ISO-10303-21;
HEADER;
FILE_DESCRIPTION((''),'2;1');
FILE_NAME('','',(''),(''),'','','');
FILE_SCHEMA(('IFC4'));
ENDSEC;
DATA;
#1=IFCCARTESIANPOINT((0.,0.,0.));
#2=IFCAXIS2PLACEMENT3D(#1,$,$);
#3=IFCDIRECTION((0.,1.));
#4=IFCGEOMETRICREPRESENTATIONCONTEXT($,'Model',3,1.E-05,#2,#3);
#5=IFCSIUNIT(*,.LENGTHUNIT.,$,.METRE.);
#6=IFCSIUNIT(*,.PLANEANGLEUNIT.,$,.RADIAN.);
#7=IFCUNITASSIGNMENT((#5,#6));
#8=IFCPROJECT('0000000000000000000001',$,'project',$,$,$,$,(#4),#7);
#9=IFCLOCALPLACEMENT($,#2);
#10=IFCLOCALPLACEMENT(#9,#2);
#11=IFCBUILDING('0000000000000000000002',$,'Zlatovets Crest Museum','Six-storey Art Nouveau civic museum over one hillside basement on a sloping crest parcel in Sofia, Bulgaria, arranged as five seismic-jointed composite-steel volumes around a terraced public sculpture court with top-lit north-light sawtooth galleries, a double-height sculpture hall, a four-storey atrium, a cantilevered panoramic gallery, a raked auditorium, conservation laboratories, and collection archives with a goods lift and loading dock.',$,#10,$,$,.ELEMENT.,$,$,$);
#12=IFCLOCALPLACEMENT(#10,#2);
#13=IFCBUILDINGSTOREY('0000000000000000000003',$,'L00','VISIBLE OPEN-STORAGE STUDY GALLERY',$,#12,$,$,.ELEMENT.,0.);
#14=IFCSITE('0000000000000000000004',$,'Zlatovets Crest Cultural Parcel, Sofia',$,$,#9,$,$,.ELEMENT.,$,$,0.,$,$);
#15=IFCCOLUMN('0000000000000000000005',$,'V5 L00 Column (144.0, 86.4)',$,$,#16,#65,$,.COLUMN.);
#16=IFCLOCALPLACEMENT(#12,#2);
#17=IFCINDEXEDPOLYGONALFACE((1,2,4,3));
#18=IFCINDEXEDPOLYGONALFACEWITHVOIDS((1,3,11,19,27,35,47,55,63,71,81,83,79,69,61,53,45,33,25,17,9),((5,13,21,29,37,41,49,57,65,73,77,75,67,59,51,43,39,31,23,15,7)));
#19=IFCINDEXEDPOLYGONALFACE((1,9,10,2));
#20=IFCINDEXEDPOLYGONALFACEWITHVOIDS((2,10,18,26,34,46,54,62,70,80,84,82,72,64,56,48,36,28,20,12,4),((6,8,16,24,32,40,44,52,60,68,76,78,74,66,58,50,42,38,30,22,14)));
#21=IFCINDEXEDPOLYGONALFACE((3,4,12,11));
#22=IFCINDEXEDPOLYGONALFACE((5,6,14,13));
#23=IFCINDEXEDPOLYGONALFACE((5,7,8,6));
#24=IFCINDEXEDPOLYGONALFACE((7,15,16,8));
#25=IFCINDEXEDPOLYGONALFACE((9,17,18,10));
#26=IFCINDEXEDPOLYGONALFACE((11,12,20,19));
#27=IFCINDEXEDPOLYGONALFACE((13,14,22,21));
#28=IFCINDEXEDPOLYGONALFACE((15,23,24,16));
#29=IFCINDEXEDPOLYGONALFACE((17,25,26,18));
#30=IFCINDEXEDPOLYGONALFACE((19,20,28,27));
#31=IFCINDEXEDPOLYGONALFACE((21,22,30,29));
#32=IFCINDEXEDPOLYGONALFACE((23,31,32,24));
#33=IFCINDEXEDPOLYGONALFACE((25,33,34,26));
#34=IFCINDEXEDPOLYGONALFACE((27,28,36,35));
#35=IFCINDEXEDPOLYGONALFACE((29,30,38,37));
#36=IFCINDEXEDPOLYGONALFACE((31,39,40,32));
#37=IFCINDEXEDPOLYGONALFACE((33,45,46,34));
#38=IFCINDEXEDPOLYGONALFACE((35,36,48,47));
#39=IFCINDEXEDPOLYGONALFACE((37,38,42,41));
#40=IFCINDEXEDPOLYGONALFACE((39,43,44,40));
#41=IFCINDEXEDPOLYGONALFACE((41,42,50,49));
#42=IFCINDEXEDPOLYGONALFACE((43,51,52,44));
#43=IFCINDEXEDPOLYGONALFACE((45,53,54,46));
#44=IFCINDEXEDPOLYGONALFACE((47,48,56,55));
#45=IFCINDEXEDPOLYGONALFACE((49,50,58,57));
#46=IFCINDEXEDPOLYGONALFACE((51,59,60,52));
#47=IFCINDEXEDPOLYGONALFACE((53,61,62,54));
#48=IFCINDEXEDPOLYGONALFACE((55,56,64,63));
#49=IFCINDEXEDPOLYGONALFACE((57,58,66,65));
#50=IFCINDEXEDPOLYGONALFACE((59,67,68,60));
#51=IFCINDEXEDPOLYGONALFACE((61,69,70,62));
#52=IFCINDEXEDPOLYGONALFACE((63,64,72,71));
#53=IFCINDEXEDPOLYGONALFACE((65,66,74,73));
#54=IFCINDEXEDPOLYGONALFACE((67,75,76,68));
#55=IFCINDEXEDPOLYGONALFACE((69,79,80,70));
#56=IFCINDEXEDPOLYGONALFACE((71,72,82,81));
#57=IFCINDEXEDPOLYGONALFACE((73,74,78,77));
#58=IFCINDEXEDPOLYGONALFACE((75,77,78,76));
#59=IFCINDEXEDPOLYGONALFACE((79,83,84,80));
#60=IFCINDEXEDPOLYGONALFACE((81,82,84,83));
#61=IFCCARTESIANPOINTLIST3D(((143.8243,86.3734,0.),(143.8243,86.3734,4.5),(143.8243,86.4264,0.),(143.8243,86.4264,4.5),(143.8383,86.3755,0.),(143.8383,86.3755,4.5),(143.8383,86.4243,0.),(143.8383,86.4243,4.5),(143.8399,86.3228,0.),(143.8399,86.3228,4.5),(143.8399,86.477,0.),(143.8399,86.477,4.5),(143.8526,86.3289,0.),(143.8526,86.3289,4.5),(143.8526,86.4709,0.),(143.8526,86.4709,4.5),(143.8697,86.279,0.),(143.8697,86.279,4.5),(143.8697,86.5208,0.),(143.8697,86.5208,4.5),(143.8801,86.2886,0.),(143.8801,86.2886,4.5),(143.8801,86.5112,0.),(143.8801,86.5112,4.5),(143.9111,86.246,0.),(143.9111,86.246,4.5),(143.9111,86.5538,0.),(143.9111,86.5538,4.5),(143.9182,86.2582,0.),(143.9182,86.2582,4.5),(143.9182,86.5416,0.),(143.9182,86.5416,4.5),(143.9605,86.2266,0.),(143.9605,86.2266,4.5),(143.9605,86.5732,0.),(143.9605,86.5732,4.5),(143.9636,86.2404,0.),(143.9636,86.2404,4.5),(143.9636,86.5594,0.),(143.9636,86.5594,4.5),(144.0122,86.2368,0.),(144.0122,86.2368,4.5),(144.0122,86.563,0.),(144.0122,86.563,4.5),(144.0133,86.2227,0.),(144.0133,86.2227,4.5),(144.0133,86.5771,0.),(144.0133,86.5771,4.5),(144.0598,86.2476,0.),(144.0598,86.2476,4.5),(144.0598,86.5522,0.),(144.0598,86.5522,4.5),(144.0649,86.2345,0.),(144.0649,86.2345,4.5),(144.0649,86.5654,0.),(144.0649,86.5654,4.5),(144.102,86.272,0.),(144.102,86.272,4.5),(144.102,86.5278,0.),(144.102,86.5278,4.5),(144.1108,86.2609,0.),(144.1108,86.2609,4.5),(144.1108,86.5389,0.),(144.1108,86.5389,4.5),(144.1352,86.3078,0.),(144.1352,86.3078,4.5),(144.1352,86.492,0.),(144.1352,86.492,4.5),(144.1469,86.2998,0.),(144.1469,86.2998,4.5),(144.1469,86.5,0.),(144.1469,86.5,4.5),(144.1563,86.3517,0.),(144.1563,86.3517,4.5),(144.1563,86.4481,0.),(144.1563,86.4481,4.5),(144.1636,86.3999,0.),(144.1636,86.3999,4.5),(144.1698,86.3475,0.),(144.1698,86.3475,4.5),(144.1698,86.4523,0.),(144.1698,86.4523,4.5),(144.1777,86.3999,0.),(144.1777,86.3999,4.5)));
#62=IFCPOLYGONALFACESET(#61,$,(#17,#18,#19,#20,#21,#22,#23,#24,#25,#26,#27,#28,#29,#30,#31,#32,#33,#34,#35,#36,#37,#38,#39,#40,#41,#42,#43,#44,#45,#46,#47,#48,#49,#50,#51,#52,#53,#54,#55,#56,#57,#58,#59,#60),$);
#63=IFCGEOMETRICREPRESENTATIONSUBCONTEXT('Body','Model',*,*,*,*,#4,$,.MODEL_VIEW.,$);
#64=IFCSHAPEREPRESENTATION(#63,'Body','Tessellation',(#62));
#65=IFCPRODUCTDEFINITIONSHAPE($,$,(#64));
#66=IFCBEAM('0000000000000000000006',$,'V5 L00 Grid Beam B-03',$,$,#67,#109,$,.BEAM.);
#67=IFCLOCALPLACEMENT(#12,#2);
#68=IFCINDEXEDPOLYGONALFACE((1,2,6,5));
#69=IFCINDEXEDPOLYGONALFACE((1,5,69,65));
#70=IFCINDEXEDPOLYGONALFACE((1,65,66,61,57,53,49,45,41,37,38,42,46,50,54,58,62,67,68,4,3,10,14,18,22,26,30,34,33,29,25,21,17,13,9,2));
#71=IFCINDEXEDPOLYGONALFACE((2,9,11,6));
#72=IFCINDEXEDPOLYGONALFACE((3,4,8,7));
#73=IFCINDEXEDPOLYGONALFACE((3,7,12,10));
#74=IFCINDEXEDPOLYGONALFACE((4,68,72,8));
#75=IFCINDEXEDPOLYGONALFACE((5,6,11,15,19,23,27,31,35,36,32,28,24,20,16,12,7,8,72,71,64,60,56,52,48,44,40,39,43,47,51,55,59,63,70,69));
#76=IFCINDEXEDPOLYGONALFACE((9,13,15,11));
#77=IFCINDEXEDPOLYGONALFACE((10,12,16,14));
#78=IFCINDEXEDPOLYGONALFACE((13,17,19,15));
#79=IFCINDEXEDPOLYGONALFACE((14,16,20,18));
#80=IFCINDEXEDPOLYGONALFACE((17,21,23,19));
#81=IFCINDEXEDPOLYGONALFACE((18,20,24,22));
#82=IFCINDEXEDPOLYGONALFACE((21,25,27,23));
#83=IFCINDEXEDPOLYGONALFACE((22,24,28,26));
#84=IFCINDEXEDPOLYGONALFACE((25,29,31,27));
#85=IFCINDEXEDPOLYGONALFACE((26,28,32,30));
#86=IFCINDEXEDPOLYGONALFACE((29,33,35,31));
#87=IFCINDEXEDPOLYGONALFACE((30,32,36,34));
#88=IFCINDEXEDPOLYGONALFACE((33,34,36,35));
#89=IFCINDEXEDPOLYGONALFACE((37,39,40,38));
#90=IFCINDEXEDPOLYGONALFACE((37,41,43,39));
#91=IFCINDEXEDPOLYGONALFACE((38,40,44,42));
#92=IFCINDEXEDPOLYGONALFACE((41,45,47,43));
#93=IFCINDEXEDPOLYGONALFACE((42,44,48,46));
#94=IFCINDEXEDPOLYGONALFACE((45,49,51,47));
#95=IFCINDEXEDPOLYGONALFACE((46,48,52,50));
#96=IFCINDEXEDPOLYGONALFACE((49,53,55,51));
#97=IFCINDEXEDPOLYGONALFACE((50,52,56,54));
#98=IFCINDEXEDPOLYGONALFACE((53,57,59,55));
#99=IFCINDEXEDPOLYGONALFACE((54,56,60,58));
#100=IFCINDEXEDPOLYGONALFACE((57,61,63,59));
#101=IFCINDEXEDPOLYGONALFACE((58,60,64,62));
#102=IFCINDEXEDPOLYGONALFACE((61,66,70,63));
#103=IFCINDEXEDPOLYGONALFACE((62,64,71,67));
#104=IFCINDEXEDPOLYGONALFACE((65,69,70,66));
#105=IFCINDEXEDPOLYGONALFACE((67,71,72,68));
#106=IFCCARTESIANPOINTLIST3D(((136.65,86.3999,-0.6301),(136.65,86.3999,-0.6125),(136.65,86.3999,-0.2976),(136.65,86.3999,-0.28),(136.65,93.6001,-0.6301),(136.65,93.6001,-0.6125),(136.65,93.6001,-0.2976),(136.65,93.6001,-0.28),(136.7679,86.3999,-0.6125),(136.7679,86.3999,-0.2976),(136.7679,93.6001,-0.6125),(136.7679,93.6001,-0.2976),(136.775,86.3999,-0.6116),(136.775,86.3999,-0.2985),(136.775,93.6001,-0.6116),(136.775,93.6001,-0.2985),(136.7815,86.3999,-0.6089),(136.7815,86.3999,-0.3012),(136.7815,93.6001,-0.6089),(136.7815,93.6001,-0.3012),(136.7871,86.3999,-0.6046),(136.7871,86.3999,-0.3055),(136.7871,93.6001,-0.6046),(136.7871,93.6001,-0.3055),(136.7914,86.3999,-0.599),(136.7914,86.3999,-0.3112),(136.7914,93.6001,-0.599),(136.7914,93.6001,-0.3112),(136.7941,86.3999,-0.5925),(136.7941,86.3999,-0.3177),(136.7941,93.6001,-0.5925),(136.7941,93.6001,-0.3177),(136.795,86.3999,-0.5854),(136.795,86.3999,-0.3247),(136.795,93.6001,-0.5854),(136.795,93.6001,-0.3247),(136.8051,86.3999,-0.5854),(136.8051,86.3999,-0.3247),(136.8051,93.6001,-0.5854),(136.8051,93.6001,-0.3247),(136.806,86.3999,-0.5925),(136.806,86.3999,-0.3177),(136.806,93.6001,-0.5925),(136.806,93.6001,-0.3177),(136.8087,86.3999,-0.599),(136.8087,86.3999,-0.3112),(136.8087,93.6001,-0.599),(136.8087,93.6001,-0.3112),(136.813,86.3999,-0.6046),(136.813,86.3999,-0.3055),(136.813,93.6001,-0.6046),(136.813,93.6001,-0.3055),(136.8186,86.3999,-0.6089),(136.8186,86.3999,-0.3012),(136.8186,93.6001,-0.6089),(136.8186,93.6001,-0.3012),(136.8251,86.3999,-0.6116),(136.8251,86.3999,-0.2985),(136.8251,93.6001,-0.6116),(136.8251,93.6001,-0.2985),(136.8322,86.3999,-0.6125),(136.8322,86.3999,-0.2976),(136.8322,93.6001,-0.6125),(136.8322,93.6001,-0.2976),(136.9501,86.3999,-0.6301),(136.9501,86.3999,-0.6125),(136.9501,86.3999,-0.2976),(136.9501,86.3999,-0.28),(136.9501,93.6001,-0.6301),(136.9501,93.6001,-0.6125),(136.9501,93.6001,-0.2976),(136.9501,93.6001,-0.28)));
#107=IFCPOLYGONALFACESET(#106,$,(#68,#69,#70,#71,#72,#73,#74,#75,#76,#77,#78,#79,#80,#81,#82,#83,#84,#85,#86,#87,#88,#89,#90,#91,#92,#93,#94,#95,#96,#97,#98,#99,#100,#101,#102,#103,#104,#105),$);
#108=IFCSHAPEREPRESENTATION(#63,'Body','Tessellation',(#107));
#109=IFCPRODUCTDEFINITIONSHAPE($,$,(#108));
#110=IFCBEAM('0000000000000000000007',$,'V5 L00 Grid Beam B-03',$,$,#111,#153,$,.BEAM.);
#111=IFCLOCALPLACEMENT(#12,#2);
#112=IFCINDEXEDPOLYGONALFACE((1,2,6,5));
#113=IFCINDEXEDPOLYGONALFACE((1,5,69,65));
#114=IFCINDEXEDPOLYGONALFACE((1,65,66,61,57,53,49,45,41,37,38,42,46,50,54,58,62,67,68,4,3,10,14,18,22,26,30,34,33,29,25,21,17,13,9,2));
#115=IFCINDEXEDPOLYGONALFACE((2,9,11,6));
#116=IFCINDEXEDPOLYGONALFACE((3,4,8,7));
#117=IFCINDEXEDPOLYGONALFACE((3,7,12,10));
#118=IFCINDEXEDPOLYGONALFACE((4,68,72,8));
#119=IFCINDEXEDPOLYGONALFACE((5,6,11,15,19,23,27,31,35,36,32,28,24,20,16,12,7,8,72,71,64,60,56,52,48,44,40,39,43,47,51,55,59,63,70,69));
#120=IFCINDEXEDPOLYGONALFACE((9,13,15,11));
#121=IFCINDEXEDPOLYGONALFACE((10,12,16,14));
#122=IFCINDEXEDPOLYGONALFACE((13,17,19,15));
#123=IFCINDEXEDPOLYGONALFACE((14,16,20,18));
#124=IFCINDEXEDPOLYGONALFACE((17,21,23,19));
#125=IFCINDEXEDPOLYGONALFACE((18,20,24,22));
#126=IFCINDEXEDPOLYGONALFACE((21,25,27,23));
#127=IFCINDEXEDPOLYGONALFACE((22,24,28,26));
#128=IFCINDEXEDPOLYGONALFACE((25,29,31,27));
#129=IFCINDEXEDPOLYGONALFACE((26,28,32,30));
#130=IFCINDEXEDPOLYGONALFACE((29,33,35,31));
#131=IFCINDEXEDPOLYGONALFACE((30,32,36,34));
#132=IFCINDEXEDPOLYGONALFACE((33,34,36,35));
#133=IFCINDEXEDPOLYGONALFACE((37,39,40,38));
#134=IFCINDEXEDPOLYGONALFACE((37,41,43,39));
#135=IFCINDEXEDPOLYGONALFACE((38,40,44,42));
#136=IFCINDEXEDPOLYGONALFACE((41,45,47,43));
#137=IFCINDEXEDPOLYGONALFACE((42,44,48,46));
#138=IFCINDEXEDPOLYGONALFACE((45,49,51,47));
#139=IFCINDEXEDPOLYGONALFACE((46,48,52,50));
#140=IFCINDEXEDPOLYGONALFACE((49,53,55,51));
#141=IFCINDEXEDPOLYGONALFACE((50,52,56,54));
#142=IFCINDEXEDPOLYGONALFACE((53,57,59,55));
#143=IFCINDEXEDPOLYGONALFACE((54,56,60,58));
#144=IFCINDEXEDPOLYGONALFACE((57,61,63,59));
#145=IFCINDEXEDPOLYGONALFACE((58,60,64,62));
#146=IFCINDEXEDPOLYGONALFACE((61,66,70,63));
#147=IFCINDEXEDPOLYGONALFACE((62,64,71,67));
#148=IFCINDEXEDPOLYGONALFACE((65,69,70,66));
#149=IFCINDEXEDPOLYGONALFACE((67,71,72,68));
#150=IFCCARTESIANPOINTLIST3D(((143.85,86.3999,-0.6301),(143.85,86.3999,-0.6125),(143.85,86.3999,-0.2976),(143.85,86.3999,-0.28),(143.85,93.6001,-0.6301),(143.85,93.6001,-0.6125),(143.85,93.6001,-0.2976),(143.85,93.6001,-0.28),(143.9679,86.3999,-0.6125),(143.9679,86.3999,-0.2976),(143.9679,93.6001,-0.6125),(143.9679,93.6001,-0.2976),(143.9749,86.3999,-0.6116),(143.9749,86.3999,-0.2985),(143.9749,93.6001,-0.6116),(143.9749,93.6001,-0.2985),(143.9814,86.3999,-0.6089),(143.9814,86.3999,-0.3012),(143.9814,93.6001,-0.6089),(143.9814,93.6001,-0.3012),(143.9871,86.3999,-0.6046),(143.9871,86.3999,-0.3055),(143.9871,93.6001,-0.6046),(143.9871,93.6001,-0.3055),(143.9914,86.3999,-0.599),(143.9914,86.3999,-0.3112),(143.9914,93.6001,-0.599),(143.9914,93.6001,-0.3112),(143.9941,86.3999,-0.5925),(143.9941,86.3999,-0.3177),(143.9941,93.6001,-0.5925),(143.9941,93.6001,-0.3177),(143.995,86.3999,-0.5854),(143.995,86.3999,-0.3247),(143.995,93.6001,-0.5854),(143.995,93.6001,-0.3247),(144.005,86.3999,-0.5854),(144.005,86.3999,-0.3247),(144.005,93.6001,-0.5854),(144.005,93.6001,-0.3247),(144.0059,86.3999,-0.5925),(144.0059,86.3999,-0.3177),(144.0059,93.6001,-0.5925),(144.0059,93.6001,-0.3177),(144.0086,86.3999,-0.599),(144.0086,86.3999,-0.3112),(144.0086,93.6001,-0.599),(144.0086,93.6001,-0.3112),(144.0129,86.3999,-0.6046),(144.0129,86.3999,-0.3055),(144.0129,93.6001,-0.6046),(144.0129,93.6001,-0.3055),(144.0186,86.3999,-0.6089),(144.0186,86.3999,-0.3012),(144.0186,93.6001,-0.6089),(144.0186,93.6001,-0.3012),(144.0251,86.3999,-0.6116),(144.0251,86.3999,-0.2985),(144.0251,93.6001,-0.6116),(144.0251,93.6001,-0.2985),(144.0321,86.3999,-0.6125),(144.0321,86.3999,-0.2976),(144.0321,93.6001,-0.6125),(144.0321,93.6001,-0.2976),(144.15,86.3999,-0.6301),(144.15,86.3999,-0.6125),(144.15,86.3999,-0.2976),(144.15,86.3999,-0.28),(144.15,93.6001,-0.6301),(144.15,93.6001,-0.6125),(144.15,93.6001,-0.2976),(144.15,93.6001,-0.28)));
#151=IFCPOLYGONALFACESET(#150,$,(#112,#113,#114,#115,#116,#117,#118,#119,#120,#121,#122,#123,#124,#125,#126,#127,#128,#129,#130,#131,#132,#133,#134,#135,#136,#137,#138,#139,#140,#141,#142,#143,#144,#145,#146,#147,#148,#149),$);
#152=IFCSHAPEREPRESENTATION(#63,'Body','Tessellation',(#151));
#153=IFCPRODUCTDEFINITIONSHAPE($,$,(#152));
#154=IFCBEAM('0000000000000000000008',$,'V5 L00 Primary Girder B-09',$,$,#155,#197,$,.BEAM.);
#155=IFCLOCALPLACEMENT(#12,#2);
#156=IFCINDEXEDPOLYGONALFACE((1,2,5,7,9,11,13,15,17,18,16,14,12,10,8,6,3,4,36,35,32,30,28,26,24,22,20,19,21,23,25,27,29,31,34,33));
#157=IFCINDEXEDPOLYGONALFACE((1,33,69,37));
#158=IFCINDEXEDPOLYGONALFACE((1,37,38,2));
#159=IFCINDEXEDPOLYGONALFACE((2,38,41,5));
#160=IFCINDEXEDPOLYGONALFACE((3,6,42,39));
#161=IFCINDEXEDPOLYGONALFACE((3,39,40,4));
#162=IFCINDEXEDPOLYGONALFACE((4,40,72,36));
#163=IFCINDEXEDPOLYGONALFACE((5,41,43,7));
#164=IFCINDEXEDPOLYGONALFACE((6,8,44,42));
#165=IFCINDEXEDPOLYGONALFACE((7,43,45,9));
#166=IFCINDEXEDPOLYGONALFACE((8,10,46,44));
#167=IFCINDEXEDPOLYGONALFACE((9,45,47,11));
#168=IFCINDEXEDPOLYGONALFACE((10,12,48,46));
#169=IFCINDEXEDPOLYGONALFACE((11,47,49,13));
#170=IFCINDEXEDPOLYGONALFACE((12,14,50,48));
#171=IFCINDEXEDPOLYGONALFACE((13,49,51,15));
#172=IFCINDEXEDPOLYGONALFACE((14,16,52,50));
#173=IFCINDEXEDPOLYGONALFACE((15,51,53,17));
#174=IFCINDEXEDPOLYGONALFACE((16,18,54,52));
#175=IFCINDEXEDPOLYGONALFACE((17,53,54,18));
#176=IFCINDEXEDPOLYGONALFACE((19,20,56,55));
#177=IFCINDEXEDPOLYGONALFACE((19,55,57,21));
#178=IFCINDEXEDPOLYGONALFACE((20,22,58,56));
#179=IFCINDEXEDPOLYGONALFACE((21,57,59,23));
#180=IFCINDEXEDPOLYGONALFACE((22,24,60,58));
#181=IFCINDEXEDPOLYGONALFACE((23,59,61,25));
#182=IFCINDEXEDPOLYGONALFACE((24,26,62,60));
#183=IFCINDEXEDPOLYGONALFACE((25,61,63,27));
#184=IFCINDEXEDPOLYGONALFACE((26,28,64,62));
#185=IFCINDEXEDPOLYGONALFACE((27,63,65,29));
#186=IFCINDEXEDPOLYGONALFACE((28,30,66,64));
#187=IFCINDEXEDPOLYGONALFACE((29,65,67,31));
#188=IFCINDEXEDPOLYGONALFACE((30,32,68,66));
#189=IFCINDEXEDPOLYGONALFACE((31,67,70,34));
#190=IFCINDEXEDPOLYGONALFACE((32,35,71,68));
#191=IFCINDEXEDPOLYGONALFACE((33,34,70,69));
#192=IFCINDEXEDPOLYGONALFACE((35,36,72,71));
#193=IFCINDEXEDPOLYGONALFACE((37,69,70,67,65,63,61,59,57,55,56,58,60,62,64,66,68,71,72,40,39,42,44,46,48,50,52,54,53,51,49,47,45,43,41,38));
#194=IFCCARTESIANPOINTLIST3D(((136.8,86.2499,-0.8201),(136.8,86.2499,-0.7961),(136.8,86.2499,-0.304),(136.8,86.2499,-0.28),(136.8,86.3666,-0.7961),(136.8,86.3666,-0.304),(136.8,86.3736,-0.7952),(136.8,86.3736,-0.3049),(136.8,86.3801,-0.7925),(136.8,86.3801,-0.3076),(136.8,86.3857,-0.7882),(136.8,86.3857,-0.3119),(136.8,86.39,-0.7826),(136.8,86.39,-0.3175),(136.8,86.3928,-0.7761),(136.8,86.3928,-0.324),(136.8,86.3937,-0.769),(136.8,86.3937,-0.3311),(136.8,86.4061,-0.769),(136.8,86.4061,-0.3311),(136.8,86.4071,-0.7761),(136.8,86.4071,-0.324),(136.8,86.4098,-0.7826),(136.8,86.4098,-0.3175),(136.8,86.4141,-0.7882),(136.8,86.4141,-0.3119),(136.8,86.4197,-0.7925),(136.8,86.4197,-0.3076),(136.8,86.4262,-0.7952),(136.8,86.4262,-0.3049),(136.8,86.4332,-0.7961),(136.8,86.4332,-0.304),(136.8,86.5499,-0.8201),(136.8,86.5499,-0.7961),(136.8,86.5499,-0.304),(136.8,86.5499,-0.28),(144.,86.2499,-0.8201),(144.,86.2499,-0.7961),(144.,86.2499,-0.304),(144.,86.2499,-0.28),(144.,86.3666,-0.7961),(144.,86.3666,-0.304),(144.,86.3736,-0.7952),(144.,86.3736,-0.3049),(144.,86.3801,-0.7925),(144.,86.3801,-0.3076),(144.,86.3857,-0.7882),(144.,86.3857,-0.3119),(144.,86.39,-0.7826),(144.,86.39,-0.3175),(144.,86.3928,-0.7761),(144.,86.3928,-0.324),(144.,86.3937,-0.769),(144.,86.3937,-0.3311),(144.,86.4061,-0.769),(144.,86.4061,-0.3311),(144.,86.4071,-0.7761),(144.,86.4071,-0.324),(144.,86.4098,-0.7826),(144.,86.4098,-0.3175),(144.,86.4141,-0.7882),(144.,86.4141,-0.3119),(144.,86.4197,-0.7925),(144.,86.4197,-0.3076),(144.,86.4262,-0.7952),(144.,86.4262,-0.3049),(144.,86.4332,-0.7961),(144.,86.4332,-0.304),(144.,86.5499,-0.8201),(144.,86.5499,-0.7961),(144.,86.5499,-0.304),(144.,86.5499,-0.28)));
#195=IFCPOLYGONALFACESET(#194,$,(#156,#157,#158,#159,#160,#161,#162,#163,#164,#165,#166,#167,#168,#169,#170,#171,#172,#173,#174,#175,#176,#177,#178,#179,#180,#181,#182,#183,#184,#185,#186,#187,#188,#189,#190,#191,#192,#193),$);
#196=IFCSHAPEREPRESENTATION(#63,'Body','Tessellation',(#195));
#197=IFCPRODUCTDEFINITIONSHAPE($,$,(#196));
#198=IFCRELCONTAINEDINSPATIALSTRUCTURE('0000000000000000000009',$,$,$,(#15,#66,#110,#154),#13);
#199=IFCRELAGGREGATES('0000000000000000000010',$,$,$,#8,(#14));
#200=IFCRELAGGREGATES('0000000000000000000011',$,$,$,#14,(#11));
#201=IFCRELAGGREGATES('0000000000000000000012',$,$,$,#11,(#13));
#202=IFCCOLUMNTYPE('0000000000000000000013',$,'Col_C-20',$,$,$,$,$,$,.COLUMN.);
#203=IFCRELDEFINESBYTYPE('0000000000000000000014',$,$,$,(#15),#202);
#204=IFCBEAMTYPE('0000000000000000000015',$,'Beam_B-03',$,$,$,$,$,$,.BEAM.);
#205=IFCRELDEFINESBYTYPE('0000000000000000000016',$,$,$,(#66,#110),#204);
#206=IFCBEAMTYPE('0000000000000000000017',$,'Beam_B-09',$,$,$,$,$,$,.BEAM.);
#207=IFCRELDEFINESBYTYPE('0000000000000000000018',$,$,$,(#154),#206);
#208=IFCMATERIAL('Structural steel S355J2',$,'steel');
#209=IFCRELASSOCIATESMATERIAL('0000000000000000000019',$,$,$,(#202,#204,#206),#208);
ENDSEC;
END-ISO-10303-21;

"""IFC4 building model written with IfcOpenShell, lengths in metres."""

from ifc_helpers import new_model, si_unit, direction, frame, origin, origin_2d, place, context, subcontext, project, spatial, hollow_circle, i_section, extrude, material, material_profile, profile_set, type_object, element, save


model = new_model("IFC4")

# Units and contexts
model_context = context("Model", 3, precision=1e-05, world=origin(), true_north=direction((0.0, 1.0)))
body_context = subcontext(model_context, "Body", "Model", "MODEL_VIEW")
ifc_project = project(units=[si_unit("LENGTHUNIT", "METRE"), si_unit("PLANEANGLEUNIT", "RADIAN")], contexts=[model_context])

# Site, building, storey
site_placement = place(None, origin())
site = spatial("IfcSite", under=ifc_project, at=site_placement, Name="Zlatovets Crest Cultural Parcel, Sofia", CompositionType="ELEMENT", RefElevation=0.0)
building_placement = place(site_placement, origin())
building = spatial("IfcBuilding", under=site, at=building_placement, Name="Zlatovets Crest Museum", Description="Six-storey Art Nouveau civic museum over one hillside basement on a sloping crest parcel in Sofia, Bulgaria, arranged as five seismic-jointed composite-steel volumes around a terraced public sculpture court with top-lit north-light sawtooth galleries, a double-height sculpture hall, a four-storey atrium, a cantilevered panoramic gallery, a raked auditorium, conservation laboratories, and collection archives with a goods lift and loading dock.", CompositionType="ELEMENT")
storey_placement = place(building_placement, origin())
storey = spatial("IfcBuildingStorey", under=building, at=storey_placement, Name="L00", Description="VISIBLE OPEN-STORAGE STUDY GALLERY", CompositionType="ELEMENT", Elevation=0.0)

# Column
ifc_material_1 = material(Name="Structural steel S355J2", Category="steel")
ifc_material_profile_1 = material_profile(ifc_material_1, hollow_circle(Radius=0.1777, WallThickness=0.0142, at=origin_2d()), Name="CHS 355.6x14.2")
ifc_profile_set_1 = profile_set([ifc_material_profile_1], Name="Structural steel S355J2")
column_type = type_object("IfcColumnType", Name="Col_C-20", PredefinedType="COLUMN", material=ifc_profile_set_1)
column_placement = place(storey_placement, frame((144.0, 86.3999, 0.0), z_axis=(0.0, 0.0, 1.0), x_axis=(1.0, 0.0, 0.0)))
element("IfcColumn", 1, at=column_placement, inside=storey, type_object=column_type, Name="V5 L00 Column (144.0, 86.4)", PredefinedType="COLUMN", context=body_context, shape_type="SweptSolid", body=[
    extrude(hollow_circle(Radius=0.1777, WallThickness=0.0142, at=origin_2d()), origin(), (0.0, 0.0, 1.0), 4.5),
])

# Beams
ifc_material_profile_2 = material_profile(ifc_material_1, i_section(OverallWidth=0.3, OverallDepth=0.3501, WebThickness=0.01, FlangeThickness=0.0176, FilletRadius=0.0271, at=origin_2d()), Name="HEA 360")
ifc_profile_set_2 = profile_set([ifc_material_profile_2], Name="Structural steel S355J2")
beam_type_1 = type_object("IfcBeamType", Name="Beam_B-03", PredefinedType="BEAM", material=ifc_profile_set_2)
for number, where, z_axis, x_axis, name in (
    (2, (136.8, 86.3999, -0.4551), (0.0, 1.0, 0.0), (-1.0, 0.0, 0.0), "V5 L00 Grid Beam B-03"),
    (3, (144.0, 86.3999, -0.4551), (0.0, 1.0, 0.0), (-1.0, 0.0, 0.0), "V5 L00 Grid Beam B-03"),
):
    element("IfcBeam", number, at=place(storey_placement, frame(where, z_axis=z_axis, x_axis=x_axis)), inside=storey, type_object=beam_type_1, Name=name, PredefinedType="BEAM", context=body_context, shape_type="SweptSolid", body=[
        extrude(i_section(OverallWidth=0.3, OverallDepth=0.3501, WebThickness=0.01, FlangeThickness=0.0176, FilletRadius=0.0271, at=origin_2d()), origin(), (0.0, 0.0, 1.0), 7.2002),
    ])
ifc_material_profile_3 = material_profile(ifc_material_1, i_section(OverallWidth=0.3, OverallDepth=0.54, WebThickness=0.0125, FlangeThickness=0.0239, FilletRadius=0.0271, at=origin_2d()), Name="HEA 550")
ifc_profile_set_3 = profile_set([ifc_material_profile_3], Name="Structural steel S355J2")
beam_type_2 = type_object("IfcBeamType", Name="Beam_B-09", PredefinedType="BEAM", material=ifc_profile_set_3)
for number, where, z_axis, x_axis, name in (
    (4, (136.8, 86.3999, -0.55), (1.0, 0.0, 0.0), (0.0, 1.0, 0.0), "V5 L00 Primary Girder B-09"),
):
    element("IfcBeam", number, at=place(storey_placement, frame(where, z_axis=z_axis, x_axis=x_axis)), inside=storey, type_object=beam_type_2, Name=name, PredefinedType="BEAM", context=body_context, shape_type="SweptSolid", body=[
        extrude(i_section(OverallWidth=0.3, OverallDepth=0.54, WebThickness=0.0125, FlangeThickness=0.0239, FilletRadius=0.0271, at=origin_2d()), origin(), (0.0, 0.0, 1.0), 7.2),
    ])

save(model, "model.ifc")
